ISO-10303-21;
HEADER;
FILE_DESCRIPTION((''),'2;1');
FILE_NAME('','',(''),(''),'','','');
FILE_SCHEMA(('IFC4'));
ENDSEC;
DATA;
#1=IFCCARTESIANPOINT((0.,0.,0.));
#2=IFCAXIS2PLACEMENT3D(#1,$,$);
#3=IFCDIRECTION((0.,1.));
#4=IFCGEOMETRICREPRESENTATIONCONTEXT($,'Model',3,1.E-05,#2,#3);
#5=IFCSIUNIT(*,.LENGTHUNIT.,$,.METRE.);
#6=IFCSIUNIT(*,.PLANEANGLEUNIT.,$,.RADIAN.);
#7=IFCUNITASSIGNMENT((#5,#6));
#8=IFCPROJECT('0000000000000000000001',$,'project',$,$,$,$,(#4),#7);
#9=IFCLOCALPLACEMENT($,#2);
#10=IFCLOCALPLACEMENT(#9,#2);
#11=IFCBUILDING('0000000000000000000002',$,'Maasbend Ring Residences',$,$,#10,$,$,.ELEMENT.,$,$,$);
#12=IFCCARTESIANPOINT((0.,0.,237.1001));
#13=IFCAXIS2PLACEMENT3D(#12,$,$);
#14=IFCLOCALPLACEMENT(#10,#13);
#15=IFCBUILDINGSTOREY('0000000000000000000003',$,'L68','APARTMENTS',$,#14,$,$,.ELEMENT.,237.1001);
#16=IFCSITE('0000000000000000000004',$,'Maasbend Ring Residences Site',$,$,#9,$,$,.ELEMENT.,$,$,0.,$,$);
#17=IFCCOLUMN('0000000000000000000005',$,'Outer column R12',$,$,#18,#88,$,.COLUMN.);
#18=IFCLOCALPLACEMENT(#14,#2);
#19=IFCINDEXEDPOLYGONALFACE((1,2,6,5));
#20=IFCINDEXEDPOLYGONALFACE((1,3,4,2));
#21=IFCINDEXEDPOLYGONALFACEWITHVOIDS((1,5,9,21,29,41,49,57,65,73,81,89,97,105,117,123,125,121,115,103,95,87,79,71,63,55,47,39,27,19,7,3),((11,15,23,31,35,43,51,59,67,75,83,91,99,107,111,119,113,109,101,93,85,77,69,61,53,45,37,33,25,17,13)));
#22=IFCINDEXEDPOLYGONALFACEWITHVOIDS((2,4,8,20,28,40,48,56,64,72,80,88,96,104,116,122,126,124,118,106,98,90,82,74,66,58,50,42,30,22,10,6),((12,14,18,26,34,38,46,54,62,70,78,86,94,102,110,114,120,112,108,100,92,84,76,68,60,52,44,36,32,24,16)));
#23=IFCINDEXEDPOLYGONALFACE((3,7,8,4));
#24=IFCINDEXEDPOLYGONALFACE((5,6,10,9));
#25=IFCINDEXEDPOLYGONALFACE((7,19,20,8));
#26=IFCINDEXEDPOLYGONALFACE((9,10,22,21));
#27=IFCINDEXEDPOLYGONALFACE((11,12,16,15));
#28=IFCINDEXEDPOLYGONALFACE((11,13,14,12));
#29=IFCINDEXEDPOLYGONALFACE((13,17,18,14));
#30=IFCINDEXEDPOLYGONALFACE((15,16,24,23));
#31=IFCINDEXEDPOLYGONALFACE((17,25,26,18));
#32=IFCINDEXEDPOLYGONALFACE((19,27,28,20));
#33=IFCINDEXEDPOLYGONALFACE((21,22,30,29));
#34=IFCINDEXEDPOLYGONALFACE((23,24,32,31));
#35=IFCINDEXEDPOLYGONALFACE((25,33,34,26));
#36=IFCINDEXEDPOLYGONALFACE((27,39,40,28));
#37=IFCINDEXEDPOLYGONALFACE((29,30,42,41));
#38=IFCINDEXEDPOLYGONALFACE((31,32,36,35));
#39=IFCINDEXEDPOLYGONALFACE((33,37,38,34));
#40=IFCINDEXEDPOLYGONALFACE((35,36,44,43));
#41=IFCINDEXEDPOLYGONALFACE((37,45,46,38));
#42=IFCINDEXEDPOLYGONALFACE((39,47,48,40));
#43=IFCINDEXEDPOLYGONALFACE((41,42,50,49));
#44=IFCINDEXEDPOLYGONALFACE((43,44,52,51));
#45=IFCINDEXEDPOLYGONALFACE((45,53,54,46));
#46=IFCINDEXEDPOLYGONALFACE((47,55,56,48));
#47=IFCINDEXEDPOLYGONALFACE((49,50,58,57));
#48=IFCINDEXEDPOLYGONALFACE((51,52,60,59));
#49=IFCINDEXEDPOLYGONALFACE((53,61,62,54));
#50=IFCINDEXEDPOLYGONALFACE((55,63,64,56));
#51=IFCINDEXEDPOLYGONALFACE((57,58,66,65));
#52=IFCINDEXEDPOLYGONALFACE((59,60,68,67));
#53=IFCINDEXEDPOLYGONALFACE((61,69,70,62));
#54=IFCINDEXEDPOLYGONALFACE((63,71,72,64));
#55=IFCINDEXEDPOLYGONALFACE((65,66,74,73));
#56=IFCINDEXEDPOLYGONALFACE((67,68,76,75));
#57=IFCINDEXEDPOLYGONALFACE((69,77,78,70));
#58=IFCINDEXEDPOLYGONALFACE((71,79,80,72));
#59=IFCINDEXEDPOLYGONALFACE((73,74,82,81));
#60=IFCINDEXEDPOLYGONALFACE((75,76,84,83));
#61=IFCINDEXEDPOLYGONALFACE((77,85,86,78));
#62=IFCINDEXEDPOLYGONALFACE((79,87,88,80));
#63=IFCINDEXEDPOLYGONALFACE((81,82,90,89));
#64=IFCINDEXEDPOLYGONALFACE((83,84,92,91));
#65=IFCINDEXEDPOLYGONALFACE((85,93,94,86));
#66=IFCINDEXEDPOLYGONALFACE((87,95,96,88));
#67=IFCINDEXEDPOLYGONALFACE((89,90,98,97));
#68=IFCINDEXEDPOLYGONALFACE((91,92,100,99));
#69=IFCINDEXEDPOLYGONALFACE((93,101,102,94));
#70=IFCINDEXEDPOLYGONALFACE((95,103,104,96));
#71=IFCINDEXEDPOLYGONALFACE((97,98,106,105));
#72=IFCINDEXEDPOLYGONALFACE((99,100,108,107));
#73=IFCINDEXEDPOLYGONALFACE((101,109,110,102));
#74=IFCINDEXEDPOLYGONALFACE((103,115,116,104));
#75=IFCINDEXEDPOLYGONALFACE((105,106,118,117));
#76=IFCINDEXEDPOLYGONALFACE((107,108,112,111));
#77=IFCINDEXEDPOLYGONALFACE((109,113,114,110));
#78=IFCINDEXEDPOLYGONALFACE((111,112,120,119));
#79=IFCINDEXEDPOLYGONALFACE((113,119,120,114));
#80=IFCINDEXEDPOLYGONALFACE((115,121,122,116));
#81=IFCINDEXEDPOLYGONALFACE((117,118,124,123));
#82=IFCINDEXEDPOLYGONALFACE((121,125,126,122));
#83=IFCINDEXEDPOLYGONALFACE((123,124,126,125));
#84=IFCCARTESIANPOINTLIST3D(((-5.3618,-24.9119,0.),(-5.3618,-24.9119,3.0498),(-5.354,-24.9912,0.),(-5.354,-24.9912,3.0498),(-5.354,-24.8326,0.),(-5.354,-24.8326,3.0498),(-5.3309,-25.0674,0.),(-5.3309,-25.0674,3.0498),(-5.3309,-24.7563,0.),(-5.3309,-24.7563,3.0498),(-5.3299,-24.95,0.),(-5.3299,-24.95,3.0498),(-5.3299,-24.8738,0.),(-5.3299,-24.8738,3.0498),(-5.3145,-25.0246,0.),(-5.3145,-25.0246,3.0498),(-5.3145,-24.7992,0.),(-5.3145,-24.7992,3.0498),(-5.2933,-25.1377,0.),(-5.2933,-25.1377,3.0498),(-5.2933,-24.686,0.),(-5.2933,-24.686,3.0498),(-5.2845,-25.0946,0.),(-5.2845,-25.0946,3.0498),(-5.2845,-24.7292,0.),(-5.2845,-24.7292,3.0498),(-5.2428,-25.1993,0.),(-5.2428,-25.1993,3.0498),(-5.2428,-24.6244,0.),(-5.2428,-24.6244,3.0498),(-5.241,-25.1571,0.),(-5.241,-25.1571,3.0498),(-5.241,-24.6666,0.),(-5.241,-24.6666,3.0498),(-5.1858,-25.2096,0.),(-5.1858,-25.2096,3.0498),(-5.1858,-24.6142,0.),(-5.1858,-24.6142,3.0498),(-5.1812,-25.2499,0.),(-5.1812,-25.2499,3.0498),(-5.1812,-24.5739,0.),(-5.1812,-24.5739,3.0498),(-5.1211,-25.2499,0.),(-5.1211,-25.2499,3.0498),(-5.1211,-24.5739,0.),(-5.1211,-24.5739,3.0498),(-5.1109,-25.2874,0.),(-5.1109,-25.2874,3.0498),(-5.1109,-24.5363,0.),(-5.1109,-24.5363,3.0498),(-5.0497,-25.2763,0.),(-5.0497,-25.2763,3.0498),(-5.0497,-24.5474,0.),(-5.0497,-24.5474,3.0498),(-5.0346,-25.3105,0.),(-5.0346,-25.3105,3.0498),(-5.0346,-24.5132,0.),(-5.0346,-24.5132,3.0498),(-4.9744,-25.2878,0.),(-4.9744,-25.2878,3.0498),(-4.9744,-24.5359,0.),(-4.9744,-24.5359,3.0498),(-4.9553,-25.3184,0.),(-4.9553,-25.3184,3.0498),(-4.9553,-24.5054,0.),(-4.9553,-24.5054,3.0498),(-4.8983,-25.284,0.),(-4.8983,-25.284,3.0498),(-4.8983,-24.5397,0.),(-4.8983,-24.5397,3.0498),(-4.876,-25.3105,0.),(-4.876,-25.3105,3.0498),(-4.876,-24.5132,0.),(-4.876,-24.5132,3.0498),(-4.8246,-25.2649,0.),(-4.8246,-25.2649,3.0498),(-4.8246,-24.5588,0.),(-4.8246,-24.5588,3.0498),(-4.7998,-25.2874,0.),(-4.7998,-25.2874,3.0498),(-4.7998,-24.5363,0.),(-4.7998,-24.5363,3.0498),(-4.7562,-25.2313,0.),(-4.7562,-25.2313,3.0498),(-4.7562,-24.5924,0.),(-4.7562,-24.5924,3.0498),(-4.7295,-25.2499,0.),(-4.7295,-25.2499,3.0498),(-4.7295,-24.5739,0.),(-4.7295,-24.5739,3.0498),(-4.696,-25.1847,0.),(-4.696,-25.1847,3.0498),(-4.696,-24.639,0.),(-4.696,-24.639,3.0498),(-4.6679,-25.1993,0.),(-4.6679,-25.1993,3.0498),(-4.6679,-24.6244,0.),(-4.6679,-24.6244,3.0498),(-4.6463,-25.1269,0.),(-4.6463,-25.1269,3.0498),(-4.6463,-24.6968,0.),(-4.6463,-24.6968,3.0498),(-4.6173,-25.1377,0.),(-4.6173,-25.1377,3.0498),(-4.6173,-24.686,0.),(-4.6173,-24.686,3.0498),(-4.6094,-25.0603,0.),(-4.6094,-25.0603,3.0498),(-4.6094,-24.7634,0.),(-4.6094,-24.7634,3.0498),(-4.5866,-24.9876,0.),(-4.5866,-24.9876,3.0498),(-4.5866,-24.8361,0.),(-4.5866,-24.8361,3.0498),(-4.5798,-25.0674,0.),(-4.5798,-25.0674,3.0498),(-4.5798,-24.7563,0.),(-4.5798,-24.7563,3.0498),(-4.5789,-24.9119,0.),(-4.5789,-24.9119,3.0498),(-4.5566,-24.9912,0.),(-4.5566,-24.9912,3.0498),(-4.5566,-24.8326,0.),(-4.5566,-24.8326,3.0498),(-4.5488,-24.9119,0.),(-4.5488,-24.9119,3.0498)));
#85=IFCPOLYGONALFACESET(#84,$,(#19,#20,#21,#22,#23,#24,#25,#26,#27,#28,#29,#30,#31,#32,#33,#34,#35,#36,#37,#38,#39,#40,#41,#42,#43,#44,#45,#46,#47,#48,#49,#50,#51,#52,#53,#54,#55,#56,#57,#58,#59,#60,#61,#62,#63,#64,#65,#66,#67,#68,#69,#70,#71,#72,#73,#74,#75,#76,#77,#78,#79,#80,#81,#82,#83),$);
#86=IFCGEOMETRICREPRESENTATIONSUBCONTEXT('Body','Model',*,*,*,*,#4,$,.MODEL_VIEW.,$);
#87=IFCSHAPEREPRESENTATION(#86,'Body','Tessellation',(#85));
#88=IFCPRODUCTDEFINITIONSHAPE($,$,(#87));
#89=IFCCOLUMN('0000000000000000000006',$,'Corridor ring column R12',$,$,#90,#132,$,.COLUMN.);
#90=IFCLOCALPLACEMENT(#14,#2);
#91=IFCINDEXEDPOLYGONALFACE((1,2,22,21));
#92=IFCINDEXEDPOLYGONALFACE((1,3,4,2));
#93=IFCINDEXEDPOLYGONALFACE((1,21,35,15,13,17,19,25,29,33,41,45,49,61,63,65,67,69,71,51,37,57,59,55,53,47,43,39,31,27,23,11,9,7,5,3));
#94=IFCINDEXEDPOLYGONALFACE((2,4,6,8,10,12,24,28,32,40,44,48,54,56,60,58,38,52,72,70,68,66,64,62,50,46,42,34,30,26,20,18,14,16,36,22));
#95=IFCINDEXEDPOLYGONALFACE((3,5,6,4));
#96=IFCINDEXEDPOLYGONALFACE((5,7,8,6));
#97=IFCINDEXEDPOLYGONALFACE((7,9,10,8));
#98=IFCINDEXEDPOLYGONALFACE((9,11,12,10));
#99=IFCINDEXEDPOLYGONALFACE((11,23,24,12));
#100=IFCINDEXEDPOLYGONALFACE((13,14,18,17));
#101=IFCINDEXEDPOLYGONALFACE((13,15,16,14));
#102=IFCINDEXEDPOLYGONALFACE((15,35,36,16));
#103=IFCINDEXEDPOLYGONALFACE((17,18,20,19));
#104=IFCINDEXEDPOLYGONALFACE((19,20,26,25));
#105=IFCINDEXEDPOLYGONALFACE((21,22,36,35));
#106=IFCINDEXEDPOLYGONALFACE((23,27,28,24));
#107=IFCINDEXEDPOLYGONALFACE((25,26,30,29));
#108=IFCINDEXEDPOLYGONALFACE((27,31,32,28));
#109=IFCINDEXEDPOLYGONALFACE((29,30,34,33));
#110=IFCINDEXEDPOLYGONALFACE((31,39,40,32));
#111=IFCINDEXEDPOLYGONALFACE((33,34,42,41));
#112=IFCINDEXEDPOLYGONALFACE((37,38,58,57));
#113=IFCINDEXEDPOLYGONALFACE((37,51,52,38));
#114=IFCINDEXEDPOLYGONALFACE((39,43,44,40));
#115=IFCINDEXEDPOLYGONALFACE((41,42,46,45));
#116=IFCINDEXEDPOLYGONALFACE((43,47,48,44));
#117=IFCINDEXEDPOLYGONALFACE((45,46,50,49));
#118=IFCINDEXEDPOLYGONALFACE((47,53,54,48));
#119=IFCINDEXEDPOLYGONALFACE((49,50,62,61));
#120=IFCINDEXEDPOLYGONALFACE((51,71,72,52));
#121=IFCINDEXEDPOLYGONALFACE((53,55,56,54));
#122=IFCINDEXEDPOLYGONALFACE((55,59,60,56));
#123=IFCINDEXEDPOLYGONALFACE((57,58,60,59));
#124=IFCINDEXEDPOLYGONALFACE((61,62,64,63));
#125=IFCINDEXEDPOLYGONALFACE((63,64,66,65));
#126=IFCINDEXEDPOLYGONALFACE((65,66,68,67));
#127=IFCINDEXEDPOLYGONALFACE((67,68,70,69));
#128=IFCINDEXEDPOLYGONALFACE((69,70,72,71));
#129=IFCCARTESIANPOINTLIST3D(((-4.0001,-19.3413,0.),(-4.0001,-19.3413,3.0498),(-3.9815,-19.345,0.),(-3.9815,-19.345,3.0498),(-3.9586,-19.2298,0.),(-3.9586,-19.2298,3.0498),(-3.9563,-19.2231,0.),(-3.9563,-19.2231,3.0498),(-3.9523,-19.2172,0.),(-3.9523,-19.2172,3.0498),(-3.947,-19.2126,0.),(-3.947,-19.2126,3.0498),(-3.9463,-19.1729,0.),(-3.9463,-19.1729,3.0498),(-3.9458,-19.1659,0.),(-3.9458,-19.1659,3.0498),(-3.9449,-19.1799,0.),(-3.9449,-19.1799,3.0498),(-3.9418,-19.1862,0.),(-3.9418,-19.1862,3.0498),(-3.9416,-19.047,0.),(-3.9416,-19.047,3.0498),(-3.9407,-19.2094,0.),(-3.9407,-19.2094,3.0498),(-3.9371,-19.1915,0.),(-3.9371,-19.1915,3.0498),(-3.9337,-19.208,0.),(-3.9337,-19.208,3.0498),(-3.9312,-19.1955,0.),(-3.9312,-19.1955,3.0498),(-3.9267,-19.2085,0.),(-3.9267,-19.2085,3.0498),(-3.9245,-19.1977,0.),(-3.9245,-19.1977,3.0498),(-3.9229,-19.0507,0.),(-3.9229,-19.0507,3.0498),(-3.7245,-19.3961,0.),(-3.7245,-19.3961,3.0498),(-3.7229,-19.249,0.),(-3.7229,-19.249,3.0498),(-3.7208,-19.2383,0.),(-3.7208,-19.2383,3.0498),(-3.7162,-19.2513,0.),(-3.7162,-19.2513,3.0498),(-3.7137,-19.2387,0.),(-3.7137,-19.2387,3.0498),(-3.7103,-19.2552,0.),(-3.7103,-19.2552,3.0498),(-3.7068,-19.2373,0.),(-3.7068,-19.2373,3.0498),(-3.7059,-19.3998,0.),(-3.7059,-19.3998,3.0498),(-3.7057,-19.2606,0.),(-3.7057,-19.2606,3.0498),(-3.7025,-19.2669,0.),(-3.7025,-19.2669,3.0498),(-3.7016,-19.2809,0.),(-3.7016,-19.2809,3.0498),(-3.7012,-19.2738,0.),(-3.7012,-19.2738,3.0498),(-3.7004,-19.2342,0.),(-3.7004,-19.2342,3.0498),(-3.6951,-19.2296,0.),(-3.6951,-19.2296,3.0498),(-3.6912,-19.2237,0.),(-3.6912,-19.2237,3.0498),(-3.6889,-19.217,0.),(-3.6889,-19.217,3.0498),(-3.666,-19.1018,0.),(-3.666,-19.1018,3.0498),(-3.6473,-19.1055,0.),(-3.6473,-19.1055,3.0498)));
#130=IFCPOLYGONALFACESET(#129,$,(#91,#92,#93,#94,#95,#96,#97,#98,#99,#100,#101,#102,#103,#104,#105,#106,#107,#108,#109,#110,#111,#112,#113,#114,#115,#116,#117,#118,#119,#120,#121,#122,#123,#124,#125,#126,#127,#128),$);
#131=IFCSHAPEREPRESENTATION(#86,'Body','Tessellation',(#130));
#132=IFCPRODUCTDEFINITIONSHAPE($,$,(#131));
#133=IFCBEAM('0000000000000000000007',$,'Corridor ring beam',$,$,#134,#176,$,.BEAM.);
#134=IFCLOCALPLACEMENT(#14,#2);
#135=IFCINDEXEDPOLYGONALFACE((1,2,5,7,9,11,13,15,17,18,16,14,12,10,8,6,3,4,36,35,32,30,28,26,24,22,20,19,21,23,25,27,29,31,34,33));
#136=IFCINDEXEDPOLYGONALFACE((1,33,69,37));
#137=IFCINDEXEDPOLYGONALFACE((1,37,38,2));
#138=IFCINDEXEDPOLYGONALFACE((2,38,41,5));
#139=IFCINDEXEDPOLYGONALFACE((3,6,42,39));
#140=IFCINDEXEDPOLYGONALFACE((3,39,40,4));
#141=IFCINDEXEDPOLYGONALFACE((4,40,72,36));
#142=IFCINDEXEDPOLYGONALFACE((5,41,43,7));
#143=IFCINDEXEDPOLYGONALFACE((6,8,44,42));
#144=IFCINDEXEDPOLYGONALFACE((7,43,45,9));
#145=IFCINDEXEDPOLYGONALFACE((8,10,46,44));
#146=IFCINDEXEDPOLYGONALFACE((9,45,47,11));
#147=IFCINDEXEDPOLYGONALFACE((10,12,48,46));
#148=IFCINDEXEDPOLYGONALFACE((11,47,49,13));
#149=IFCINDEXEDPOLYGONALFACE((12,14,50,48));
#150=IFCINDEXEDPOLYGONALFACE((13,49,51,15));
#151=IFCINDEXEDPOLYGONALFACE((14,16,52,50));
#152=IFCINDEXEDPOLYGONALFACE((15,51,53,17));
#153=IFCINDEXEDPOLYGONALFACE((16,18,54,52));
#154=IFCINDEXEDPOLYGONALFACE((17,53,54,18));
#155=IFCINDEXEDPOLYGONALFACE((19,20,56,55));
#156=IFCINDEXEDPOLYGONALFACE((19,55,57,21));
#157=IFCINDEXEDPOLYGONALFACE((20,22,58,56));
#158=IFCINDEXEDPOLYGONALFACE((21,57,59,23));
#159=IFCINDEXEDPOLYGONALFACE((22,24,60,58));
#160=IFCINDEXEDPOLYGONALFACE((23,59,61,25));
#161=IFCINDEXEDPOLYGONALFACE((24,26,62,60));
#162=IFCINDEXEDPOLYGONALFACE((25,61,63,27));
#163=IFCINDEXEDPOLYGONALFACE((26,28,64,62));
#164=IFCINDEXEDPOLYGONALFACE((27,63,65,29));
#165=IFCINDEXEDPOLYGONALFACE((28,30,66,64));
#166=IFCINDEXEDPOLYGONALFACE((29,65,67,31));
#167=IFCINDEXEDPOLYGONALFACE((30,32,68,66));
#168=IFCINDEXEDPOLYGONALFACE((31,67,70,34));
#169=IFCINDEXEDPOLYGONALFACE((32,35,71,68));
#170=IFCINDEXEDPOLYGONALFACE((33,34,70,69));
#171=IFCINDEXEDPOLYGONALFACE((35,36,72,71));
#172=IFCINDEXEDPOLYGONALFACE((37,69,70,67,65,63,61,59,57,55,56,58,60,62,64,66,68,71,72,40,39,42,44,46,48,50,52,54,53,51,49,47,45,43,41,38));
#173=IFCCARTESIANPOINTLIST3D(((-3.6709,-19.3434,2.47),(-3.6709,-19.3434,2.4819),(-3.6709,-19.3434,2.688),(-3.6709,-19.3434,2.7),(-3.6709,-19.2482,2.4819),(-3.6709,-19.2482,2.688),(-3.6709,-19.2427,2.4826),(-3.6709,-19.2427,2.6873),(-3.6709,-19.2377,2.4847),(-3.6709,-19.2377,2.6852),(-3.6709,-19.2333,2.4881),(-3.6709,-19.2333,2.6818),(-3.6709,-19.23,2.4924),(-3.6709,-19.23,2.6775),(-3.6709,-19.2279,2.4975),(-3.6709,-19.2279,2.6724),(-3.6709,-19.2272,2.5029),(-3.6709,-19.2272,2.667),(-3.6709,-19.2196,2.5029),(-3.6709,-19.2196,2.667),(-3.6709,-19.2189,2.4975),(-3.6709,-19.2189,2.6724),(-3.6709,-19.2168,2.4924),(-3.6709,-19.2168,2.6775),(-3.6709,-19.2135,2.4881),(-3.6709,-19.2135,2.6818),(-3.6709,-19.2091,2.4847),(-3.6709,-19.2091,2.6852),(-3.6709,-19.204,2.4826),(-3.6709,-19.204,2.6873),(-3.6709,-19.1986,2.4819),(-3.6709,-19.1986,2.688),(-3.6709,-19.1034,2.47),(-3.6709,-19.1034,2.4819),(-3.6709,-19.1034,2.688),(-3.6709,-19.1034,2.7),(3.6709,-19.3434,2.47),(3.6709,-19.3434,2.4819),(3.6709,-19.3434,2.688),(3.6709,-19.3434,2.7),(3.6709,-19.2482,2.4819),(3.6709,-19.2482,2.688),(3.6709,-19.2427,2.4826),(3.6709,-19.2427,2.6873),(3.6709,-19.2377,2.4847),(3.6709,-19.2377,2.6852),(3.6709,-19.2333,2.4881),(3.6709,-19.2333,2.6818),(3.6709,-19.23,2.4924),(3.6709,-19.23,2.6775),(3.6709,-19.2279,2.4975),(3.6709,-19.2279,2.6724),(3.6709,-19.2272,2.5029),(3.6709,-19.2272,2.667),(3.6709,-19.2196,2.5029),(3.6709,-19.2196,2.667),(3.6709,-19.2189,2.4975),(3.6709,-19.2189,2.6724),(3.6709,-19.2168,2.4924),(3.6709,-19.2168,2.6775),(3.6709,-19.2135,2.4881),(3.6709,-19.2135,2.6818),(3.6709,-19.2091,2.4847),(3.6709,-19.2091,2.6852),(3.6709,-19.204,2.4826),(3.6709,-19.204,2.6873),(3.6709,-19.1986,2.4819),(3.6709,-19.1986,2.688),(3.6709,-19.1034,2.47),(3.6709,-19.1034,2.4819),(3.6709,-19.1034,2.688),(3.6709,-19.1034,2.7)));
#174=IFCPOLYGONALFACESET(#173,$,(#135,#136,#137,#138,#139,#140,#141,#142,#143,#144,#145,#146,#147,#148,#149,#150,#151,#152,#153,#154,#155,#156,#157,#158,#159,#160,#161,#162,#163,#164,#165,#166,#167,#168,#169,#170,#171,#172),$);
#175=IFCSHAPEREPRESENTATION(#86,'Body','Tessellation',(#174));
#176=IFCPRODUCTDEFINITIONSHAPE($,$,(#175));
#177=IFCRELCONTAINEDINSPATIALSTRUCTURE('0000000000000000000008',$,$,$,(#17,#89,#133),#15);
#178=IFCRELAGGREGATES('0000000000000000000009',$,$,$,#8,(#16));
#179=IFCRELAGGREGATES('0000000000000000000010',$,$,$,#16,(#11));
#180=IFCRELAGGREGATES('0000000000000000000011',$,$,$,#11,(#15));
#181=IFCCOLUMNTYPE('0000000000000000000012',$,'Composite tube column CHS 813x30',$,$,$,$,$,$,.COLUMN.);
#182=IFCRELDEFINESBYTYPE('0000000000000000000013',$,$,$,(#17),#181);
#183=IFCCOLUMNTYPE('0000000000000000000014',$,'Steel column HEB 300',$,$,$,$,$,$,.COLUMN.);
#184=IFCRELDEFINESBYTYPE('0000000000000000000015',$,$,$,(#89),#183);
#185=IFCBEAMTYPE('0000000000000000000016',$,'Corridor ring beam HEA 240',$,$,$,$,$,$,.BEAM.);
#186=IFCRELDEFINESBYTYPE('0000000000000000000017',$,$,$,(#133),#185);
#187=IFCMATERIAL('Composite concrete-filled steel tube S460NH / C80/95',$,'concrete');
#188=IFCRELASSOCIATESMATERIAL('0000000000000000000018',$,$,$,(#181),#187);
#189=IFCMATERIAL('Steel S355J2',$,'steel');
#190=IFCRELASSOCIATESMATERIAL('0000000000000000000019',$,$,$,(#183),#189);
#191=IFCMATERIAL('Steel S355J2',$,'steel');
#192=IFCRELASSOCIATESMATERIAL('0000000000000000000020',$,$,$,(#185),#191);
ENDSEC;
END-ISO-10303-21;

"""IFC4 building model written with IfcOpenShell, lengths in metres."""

from ifc_helpers import new_model, si_unit, direction, frame, origin, origin_2d, place, context, subcontext, project, spatial, hollow_circle, i_section, extrude, material, material_profile, profile_set, type_object, element, save


model = new_model("IFC4")

# Units and contexts
model_context = context("Model", 3, precision=1e-05, world=origin(), true_north=direction((0.0, 1.0)))
body_context = subcontext(model_context, "Body", "Model", "MODEL_VIEW")
ifc_project = project(units=[si_unit("LENGTHUNIT", "METRE"), si_unit("PLANEANGLEUNIT", "RADIAN")], contexts=[model_context])

# Site, building, storey
site_placement = place(None, origin())
site = spatial("IfcSite", under=ifc_project, at=site_placement, Name="Maasbend Ring Residences Site", CompositionType="ELEMENT", RefElevation=0.0)
building_placement = place(site_placement, origin())
building = spatial("IfcBuilding", under=site, at=building_placement, Name="Maasbend Ring Residences", CompositionType="ELEMENT")
storey_placement = place(building_placement, frame((0.0, 0.0, 237.1001)))
storey = spatial("IfcBuildingStorey", under=building, at=storey_placement, Name="L68", Description="APARTMENTS", CompositionType="ELEMENT", Elevation=237.1001)

# Columns
ifc_material_1 = material(Name="Composite concrete-filled steel tube S460NH / C80/95", Category="concrete")
ifc_material_profile_1 = material_profile(ifc_material_1, hollow_circle(Radius=0.4065, WallThickness=0.03, at=origin_2d()), Name="Composite tube column CHS 813x30")
ifc_profile_set_1 = profile_set([ifc_material_profile_1], Name="Composite concrete-filled steel tube S460NH / C80/95")
column_type_1 = type_object("IfcColumnType", Name="Composite tube column CHS 813x30", PredefinedType="COLUMN", material=ifc_profile_set_1)
column_1_placement = place(storey_placement, frame((-4.9553, -24.9119, 0.0), z_axis=(0.0, 0.0, 1.0), x_axis=(1.0, 0.0, 0.0)))
element("IfcColumn", 1, at=column_1_placement, inside=storey, type_object=column_type_1, Name="Outer column R12", PredefinedType="COLUMN", context=body_context, shape_type="SweptSolid", body=[
    extrude(hollow_circle(Radius=0.4065, WallThickness=0.03, at=origin_2d()), origin(), (0.0, 0.0, 1.0), 3.0498),
])
ifc_material_2 = material(Name="Steel S355J2", Category="steel")
ifc_material_profile_2 = material_profile(ifc_material_2, i_section(OverallWidth=0.3, OverallDepth=0.3, WebThickness=0.011, FlangeThickness=0.019, FilletRadius=0.0271, at=origin_2d()), Name="HEB 300")
ifc_profile_set_2 = profile_set([ifc_material_profile_2], Name="Steel S355J2")
column_type_2 = type_object("IfcColumnType", Name="Steel column HEB 300", PredefinedType="COLUMN", material=ifc_profile_set_2)
column_2_placement = place(storey_placement, frame((-3.8237, -19.2234, 0.0), z_axis=(0.0, 0.0, 1.0), x_axis=(-0.19509, -0.980785, 0.0)))
element("IfcColumn", 2, at=column_2_placement, inside=storey, type_object=column_type_2, Name="Corridor ring column R12", PredefinedType="COLUMN", context=body_context, shape_type="SweptSolid", body=[
    extrude(i_section(OverallWidth=0.3, OverallDepth=0.3, WebThickness=0.011, FlangeThickness=0.019, FilletRadius=0.0271, at=origin_2d()), origin(), (0.0, 0.0, 1.0), 3.0498),
])

# Beam
ifc_material_3 = material(Name="Steel S355J2", Category="steel")
ifc_material_profile_3 = material_profile(ifc_material_3, i_section(OverallWidth=0.24, OverallDepth=0.23, WebThickness=0.0076, FlangeThickness=0.012, FilletRadius=0.021, at=origin_2d()), Name="HEA 240")
ifc_profile_set_3 = profile_set([ifc_material_profile_3], Name="Steel S355J2")
beam_type_1 = type_object("IfcBeamType", Name="Corridor ring beam HEA 240", PredefinedType="BEAM", material=ifc_profile_set_3)
beam_1_placement = place(storey_placement, frame((-3.6709, -19.2234, 2.585), z_axis=(1.0, 0.0, 0.0), x_axis=(0.0, 1.0, 0.0)))
element("IfcBeam", 3, at=beam_1_placement, inside=storey, type_object=beam_type_1, Name="Corridor ring beam", PredefinedType="BEAM", context=body_context, shape_type="SweptSolid", body=[
    extrude(i_section(OverallWidth=0.24, OverallDepth=0.23, WebThickness=0.0076, FlangeThickness=0.012, FilletRadius=0.021, at=origin_2d()), origin(), (0.0, 0.0, 1.0), 7.3418),
])

save(model, "model.ifc")
